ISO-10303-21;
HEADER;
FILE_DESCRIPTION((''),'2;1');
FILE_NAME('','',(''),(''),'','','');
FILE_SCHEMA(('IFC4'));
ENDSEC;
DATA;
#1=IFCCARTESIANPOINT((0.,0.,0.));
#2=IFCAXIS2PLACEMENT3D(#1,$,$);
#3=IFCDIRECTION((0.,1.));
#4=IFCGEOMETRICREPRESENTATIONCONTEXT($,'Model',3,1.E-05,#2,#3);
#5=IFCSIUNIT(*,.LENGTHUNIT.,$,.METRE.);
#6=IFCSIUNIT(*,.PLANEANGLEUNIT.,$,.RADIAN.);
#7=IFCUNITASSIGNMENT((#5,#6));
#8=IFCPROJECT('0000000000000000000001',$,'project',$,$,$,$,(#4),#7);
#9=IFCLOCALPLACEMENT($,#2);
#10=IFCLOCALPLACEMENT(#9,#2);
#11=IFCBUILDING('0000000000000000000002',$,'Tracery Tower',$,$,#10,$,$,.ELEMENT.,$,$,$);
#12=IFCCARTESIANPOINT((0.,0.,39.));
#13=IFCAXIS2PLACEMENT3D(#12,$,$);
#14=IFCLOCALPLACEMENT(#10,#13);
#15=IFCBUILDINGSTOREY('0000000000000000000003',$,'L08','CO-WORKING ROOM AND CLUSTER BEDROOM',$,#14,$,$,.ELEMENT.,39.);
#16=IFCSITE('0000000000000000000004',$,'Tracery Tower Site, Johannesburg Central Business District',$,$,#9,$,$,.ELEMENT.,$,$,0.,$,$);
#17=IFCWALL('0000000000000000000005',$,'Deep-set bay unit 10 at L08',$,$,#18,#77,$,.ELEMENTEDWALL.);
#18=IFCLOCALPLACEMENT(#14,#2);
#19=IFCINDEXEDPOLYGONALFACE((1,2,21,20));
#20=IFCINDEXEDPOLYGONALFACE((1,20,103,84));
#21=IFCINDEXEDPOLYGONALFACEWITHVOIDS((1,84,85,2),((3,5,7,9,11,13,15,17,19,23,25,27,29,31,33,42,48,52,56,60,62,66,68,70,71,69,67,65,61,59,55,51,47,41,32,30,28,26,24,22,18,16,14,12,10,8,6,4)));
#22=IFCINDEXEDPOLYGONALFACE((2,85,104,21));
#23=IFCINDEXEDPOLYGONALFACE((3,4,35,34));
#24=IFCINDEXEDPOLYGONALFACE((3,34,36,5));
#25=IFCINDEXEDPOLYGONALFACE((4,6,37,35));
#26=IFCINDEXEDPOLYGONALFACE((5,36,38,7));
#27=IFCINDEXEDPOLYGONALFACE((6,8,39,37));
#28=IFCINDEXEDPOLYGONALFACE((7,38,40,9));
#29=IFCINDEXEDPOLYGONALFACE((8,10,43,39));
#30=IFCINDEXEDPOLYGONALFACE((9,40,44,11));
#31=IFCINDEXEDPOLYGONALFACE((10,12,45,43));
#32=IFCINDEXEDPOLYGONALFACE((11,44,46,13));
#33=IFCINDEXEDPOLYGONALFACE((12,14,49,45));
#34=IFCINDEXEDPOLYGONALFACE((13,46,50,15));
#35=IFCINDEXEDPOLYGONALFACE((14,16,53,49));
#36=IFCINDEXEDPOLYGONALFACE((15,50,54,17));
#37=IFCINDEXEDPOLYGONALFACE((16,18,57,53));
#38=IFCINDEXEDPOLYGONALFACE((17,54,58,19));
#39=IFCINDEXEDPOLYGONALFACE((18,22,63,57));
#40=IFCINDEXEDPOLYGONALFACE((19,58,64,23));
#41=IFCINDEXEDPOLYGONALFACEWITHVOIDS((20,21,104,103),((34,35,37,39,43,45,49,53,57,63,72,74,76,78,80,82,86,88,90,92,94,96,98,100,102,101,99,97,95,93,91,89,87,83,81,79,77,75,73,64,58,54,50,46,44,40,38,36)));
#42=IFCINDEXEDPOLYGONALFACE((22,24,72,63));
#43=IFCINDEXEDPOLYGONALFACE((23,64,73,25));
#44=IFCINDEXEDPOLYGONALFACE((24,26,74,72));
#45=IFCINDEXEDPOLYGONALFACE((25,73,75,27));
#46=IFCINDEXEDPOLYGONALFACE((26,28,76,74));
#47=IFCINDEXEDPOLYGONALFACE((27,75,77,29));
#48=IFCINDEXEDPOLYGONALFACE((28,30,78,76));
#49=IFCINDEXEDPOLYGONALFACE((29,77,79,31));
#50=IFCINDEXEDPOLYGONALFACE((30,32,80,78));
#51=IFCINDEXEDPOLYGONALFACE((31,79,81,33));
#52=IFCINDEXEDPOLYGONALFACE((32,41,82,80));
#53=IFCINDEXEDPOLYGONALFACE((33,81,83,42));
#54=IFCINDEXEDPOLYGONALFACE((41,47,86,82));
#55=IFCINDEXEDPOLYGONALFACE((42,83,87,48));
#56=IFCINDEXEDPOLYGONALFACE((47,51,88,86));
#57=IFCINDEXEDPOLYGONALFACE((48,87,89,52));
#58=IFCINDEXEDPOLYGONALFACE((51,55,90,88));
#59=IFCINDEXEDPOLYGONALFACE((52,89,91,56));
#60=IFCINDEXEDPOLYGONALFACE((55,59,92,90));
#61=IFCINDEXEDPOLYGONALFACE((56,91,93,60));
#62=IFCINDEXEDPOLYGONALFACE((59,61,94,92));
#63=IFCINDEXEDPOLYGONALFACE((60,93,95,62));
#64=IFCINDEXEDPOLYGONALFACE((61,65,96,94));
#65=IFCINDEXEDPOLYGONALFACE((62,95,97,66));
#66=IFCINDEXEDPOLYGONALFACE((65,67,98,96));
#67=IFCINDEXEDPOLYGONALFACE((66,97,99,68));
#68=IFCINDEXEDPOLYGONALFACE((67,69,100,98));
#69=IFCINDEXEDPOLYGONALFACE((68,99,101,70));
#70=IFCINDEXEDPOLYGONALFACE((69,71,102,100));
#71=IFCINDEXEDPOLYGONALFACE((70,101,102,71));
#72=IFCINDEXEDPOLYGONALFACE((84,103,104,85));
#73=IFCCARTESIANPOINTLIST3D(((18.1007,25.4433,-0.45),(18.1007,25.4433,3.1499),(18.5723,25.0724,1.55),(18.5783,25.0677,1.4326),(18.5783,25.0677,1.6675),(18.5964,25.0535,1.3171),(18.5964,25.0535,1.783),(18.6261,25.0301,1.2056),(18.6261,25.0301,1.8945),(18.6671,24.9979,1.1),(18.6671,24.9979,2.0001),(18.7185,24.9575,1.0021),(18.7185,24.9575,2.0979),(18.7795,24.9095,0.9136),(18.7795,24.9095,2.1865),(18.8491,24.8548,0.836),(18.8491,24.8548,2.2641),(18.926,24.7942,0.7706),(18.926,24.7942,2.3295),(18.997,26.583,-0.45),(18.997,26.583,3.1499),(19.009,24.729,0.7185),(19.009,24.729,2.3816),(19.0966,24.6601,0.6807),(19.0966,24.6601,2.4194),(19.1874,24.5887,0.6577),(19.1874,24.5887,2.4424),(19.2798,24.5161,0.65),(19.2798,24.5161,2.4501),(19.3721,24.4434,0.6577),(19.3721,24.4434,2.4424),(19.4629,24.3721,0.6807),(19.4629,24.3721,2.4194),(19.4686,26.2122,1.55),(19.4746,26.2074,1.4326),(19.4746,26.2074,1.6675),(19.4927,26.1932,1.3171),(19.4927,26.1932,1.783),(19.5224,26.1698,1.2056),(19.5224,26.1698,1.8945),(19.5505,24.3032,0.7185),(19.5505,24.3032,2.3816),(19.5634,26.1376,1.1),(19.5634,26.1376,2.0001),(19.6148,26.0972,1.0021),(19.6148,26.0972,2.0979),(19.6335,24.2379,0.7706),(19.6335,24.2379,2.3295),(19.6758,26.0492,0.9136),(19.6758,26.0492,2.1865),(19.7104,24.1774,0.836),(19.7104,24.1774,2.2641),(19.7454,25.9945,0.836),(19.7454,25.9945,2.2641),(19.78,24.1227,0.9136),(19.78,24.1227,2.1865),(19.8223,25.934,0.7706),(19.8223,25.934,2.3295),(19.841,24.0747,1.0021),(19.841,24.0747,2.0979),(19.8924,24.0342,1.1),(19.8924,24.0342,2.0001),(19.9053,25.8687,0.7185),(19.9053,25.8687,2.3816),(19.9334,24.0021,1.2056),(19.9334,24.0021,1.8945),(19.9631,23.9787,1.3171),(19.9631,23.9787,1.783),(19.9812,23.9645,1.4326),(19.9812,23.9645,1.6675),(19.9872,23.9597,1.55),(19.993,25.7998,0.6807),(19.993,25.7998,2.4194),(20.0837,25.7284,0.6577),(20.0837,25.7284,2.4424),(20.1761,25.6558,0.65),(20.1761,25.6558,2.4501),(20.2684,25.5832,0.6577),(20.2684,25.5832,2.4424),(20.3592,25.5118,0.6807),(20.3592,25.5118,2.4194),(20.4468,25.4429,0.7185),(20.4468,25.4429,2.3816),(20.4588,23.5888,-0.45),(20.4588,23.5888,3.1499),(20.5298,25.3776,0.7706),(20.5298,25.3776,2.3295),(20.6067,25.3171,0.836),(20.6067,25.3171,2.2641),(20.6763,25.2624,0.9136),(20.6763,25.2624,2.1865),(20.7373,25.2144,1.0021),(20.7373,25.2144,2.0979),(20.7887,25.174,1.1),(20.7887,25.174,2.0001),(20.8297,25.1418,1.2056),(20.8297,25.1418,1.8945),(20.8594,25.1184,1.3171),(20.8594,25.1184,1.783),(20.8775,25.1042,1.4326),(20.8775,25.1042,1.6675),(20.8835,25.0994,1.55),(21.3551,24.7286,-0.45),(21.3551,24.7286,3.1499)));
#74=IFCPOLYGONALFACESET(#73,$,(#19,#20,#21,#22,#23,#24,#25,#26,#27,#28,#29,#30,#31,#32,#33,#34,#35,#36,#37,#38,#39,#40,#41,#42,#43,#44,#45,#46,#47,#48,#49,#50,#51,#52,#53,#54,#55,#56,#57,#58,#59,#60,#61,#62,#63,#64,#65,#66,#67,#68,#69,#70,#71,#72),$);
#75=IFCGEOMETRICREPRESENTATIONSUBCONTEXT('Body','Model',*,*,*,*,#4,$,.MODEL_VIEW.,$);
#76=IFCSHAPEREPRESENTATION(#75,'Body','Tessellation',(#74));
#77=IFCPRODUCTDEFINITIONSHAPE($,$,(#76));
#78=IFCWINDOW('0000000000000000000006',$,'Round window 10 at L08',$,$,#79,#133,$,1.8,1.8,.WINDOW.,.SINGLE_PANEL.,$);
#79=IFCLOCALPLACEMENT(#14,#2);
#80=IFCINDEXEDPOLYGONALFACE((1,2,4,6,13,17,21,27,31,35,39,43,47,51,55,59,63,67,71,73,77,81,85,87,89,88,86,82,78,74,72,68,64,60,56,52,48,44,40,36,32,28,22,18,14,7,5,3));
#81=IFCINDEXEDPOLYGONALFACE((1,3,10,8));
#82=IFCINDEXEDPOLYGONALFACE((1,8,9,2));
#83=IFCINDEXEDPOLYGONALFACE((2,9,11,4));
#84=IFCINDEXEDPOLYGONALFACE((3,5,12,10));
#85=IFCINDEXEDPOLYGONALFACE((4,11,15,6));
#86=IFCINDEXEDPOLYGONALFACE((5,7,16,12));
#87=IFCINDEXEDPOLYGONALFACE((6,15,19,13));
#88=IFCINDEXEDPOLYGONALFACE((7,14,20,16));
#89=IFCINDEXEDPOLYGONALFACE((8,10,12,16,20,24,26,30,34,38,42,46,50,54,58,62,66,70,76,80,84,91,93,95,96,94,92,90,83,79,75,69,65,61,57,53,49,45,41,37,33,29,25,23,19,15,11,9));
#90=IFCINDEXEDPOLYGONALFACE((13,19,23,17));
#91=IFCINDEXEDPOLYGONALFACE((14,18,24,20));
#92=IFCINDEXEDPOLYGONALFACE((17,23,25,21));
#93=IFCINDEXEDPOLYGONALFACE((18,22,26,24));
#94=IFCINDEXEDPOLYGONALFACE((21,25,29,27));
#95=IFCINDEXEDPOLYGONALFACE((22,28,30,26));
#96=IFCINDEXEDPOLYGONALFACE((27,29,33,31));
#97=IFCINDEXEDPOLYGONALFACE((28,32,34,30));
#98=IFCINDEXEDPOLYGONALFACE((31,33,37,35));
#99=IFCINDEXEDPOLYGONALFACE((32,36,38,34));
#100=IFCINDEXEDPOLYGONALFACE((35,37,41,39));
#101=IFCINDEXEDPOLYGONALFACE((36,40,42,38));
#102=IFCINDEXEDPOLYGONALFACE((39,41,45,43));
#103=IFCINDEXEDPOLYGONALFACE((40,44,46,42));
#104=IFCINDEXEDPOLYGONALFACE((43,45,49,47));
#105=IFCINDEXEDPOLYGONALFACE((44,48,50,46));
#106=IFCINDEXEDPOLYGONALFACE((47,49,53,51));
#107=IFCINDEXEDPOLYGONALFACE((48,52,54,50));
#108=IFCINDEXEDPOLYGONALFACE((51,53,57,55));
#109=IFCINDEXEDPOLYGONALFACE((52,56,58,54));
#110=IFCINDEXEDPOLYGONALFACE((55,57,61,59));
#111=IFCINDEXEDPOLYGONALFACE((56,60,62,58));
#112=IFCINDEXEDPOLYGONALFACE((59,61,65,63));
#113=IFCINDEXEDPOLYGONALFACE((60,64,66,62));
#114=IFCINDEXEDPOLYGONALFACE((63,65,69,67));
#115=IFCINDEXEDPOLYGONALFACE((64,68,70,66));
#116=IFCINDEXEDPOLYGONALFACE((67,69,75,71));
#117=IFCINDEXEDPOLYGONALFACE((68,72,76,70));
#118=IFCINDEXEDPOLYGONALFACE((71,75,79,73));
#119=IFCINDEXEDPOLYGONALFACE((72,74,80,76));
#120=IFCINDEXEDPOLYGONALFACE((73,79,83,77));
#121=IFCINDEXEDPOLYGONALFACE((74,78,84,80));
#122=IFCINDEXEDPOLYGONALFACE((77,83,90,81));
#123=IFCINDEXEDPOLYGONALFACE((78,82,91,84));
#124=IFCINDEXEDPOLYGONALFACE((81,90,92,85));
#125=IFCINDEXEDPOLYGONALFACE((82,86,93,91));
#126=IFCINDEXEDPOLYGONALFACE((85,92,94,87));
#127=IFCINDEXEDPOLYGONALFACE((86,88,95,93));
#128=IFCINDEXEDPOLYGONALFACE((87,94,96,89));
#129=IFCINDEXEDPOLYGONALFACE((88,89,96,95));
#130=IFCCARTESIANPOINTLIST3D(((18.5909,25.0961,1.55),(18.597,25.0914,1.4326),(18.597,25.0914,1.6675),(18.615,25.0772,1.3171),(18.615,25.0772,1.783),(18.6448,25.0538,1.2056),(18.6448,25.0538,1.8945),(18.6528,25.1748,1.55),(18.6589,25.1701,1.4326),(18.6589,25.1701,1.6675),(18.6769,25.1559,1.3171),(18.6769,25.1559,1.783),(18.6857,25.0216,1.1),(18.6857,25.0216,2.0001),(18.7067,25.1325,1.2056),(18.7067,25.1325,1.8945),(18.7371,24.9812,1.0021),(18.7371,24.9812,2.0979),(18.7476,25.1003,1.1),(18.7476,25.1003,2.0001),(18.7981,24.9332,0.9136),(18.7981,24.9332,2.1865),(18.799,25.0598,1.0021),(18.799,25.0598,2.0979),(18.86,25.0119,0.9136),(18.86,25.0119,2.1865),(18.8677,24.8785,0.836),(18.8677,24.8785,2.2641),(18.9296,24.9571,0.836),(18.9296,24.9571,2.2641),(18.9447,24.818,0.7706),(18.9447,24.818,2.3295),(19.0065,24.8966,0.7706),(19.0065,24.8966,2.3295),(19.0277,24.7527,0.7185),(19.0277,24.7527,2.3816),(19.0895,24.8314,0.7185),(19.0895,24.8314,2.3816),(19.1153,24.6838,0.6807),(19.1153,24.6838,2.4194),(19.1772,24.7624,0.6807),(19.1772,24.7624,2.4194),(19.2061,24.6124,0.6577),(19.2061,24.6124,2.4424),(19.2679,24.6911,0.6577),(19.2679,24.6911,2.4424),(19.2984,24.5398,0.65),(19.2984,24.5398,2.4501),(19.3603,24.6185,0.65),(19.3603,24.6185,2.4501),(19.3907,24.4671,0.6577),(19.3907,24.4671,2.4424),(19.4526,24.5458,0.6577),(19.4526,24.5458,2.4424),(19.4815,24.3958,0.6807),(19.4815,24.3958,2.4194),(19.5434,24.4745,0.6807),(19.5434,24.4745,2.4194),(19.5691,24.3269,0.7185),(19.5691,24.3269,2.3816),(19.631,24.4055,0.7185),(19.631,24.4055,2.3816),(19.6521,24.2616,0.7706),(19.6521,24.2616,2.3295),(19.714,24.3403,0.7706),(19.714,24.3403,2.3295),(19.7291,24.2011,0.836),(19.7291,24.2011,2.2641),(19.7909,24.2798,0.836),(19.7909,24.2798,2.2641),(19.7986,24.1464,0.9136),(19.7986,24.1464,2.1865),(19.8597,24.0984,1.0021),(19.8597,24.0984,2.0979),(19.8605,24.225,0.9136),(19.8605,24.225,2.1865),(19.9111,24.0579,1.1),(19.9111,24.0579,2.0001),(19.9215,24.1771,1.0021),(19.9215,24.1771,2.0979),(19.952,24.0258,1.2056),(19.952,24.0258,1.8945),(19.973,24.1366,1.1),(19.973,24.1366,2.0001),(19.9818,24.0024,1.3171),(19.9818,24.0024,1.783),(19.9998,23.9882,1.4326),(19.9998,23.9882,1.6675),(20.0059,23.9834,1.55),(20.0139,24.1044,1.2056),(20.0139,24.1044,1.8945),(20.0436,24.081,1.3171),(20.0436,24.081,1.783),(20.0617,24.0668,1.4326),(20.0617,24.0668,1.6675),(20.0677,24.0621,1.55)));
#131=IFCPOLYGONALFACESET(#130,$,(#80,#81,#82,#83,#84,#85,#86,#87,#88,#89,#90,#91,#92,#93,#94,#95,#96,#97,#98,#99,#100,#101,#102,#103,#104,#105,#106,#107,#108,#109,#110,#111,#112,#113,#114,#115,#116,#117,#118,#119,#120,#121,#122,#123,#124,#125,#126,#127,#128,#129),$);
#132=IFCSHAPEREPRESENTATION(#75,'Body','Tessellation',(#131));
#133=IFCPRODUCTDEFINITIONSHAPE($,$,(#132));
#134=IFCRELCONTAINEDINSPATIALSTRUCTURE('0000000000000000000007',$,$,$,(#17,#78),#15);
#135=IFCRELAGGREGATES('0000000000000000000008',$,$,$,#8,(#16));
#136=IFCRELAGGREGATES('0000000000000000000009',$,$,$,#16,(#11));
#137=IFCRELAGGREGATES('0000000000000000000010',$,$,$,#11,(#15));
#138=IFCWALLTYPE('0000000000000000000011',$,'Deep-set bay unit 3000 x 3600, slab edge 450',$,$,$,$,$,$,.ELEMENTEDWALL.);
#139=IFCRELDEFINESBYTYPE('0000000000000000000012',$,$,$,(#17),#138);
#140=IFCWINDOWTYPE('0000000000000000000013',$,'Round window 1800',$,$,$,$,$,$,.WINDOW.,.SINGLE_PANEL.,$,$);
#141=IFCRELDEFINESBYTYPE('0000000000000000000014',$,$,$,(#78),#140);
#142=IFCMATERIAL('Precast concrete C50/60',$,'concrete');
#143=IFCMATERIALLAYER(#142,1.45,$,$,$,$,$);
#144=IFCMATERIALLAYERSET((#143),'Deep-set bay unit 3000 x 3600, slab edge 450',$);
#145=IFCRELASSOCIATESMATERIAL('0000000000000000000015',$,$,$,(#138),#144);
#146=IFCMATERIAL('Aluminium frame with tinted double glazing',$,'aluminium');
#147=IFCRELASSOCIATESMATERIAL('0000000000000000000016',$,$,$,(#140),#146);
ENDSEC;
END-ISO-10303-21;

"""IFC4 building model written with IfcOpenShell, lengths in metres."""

from ifc_helpers import new_model, si_unit, direction, frame, frame_2d, origin, origin_2d, place, context, subcontext, project, spatial, rectangle, circle, extrude, material, layer, layer_set, type_object, element, fill, save


model = new_model("IFC4")

# Units and contexts
model_context = context("Model", 3, precision=1e-05, world=origin(), true_north=direction((0.0, 1.0)))
body_context = subcontext(model_context, "Body", "Model", "MODEL_VIEW")
ifc_project = project(units=[si_unit("LENGTHUNIT", "METRE"), si_unit("PLANEANGLEUNIT", "RADIAN")], contexts=[model_context])

# Site, building, storey
site_placement = place(None, origin())
site = spatial("IfcSite", under=ifc_project, at=site_placement, Name="Tracery Tower Site, Johannesburg Central Business District", CompositionType="ELEMENT", RefElevation=0.0)
building_placement = place(site_placement, origin())
building = spatial("IfcBuilding", under=site, at=building_placement, Name="Tracery Tower", CompositionType="ELEMENT")
storey_placement = place(building_placement, frame((0.0, 0.0, 39.0)))
storey = spatial("IfcBuildingStorey", under=building, at=storey_placement, Name="L08", Description="CO-WORKING ROOM AND CLUSTER BEDROOM", CompositionType="ELEMENT", Elevation=39.0)

# Wall, opening, window
ifc_material_1 = material(Name="Precast concrete C50/60", Category="concrete")
ifc_layer_1 = layer(ifc_material_1, 1.45)
ifc_layer_set_1 = layer_set([ifc_layer_1], Name="Deep-set bay unit 3000 x 3600, slab edge 450")
wall_type_1 = type_object("IfcWallType", Name="Deep-set bay unit 3000 x 3600, slab edge 450", PredefinedType="ELEMENTEDWALL", material=ifc_layer_set_1)
wall_1_placement = place(storey_placement, frame((20.907, 24.1587, -0.45), z_axis=(0.0, 0.0, 1.0), x_axis=(-0.78605, 0.618163, 0.0)))
wall_1 = element("IfcWall", 1, at=wall_1_placement, inside=storey, type_object=wall_type_1, Name="Deep-set bay unit 10 at L08", PredefinedType="ELEMENTEDWALL", context=body_context, shape_type="SweptSolid", body=[
    extrude(rectangle(XDim=3.0, YDim=1.45, at=frame_2d((1.5, 0.0))), origin(), (0.0, 0.0, 1.0), 3.5999),
])
opening_1_placement = place(wall_1_placement, frame((1.5, 0.0, 2.0)))
opening_1 = element("IfcOpeningElement", 2, at=opening_1_placement, cuts=wall_1, PredefinedType="OPENING", context=body_context, shape_type="SweptSolid", body=[
    extrude(circle(Radius=0.9, at=origin_2d()), frame((0.0, 0.7349, 0.0), z_axis=(0.0, -1.0, 0.0), x_axis=(1.0, 0.0, 0.0)), (0.0, 0.0, 1.0), 1.47),
])
ifc_material_2 = material(Name="Aluminium frame with tinted double glazing", Category="aluminium")
window_type = type_object("IfcWindowType", Name="Round window 1800", PartitioningType="SINGLE_PANEL", PredefinedType="WINDOW", material=ifc_material_2)
window_1_placement = place(opening_1_placement, origin())
window_1 = element("IfcWindow", 3, at=window_1_placement, inside=storey, type_object=window_type, Name="Round window 10 at L08", OverallHeight=1.8, OverallWidth=1.8, PartitioningType="SINGLE_PANEL", PredefinedType="WINDOW", context=body_context, shape_type="SweptSolid", body=[
    extrude(circle(Radius=0.9, at=origin_2d()), frame((0.0, 0.6948, 0.0), z_axis=(0.0, -1.0, 0.0), x_axis=(1.0, 0.0, 0.0)), (0.0, 0.0, 1.0), 0.1001),
])
fill(opening_1, window_1)

save(model, "model.ifc")
